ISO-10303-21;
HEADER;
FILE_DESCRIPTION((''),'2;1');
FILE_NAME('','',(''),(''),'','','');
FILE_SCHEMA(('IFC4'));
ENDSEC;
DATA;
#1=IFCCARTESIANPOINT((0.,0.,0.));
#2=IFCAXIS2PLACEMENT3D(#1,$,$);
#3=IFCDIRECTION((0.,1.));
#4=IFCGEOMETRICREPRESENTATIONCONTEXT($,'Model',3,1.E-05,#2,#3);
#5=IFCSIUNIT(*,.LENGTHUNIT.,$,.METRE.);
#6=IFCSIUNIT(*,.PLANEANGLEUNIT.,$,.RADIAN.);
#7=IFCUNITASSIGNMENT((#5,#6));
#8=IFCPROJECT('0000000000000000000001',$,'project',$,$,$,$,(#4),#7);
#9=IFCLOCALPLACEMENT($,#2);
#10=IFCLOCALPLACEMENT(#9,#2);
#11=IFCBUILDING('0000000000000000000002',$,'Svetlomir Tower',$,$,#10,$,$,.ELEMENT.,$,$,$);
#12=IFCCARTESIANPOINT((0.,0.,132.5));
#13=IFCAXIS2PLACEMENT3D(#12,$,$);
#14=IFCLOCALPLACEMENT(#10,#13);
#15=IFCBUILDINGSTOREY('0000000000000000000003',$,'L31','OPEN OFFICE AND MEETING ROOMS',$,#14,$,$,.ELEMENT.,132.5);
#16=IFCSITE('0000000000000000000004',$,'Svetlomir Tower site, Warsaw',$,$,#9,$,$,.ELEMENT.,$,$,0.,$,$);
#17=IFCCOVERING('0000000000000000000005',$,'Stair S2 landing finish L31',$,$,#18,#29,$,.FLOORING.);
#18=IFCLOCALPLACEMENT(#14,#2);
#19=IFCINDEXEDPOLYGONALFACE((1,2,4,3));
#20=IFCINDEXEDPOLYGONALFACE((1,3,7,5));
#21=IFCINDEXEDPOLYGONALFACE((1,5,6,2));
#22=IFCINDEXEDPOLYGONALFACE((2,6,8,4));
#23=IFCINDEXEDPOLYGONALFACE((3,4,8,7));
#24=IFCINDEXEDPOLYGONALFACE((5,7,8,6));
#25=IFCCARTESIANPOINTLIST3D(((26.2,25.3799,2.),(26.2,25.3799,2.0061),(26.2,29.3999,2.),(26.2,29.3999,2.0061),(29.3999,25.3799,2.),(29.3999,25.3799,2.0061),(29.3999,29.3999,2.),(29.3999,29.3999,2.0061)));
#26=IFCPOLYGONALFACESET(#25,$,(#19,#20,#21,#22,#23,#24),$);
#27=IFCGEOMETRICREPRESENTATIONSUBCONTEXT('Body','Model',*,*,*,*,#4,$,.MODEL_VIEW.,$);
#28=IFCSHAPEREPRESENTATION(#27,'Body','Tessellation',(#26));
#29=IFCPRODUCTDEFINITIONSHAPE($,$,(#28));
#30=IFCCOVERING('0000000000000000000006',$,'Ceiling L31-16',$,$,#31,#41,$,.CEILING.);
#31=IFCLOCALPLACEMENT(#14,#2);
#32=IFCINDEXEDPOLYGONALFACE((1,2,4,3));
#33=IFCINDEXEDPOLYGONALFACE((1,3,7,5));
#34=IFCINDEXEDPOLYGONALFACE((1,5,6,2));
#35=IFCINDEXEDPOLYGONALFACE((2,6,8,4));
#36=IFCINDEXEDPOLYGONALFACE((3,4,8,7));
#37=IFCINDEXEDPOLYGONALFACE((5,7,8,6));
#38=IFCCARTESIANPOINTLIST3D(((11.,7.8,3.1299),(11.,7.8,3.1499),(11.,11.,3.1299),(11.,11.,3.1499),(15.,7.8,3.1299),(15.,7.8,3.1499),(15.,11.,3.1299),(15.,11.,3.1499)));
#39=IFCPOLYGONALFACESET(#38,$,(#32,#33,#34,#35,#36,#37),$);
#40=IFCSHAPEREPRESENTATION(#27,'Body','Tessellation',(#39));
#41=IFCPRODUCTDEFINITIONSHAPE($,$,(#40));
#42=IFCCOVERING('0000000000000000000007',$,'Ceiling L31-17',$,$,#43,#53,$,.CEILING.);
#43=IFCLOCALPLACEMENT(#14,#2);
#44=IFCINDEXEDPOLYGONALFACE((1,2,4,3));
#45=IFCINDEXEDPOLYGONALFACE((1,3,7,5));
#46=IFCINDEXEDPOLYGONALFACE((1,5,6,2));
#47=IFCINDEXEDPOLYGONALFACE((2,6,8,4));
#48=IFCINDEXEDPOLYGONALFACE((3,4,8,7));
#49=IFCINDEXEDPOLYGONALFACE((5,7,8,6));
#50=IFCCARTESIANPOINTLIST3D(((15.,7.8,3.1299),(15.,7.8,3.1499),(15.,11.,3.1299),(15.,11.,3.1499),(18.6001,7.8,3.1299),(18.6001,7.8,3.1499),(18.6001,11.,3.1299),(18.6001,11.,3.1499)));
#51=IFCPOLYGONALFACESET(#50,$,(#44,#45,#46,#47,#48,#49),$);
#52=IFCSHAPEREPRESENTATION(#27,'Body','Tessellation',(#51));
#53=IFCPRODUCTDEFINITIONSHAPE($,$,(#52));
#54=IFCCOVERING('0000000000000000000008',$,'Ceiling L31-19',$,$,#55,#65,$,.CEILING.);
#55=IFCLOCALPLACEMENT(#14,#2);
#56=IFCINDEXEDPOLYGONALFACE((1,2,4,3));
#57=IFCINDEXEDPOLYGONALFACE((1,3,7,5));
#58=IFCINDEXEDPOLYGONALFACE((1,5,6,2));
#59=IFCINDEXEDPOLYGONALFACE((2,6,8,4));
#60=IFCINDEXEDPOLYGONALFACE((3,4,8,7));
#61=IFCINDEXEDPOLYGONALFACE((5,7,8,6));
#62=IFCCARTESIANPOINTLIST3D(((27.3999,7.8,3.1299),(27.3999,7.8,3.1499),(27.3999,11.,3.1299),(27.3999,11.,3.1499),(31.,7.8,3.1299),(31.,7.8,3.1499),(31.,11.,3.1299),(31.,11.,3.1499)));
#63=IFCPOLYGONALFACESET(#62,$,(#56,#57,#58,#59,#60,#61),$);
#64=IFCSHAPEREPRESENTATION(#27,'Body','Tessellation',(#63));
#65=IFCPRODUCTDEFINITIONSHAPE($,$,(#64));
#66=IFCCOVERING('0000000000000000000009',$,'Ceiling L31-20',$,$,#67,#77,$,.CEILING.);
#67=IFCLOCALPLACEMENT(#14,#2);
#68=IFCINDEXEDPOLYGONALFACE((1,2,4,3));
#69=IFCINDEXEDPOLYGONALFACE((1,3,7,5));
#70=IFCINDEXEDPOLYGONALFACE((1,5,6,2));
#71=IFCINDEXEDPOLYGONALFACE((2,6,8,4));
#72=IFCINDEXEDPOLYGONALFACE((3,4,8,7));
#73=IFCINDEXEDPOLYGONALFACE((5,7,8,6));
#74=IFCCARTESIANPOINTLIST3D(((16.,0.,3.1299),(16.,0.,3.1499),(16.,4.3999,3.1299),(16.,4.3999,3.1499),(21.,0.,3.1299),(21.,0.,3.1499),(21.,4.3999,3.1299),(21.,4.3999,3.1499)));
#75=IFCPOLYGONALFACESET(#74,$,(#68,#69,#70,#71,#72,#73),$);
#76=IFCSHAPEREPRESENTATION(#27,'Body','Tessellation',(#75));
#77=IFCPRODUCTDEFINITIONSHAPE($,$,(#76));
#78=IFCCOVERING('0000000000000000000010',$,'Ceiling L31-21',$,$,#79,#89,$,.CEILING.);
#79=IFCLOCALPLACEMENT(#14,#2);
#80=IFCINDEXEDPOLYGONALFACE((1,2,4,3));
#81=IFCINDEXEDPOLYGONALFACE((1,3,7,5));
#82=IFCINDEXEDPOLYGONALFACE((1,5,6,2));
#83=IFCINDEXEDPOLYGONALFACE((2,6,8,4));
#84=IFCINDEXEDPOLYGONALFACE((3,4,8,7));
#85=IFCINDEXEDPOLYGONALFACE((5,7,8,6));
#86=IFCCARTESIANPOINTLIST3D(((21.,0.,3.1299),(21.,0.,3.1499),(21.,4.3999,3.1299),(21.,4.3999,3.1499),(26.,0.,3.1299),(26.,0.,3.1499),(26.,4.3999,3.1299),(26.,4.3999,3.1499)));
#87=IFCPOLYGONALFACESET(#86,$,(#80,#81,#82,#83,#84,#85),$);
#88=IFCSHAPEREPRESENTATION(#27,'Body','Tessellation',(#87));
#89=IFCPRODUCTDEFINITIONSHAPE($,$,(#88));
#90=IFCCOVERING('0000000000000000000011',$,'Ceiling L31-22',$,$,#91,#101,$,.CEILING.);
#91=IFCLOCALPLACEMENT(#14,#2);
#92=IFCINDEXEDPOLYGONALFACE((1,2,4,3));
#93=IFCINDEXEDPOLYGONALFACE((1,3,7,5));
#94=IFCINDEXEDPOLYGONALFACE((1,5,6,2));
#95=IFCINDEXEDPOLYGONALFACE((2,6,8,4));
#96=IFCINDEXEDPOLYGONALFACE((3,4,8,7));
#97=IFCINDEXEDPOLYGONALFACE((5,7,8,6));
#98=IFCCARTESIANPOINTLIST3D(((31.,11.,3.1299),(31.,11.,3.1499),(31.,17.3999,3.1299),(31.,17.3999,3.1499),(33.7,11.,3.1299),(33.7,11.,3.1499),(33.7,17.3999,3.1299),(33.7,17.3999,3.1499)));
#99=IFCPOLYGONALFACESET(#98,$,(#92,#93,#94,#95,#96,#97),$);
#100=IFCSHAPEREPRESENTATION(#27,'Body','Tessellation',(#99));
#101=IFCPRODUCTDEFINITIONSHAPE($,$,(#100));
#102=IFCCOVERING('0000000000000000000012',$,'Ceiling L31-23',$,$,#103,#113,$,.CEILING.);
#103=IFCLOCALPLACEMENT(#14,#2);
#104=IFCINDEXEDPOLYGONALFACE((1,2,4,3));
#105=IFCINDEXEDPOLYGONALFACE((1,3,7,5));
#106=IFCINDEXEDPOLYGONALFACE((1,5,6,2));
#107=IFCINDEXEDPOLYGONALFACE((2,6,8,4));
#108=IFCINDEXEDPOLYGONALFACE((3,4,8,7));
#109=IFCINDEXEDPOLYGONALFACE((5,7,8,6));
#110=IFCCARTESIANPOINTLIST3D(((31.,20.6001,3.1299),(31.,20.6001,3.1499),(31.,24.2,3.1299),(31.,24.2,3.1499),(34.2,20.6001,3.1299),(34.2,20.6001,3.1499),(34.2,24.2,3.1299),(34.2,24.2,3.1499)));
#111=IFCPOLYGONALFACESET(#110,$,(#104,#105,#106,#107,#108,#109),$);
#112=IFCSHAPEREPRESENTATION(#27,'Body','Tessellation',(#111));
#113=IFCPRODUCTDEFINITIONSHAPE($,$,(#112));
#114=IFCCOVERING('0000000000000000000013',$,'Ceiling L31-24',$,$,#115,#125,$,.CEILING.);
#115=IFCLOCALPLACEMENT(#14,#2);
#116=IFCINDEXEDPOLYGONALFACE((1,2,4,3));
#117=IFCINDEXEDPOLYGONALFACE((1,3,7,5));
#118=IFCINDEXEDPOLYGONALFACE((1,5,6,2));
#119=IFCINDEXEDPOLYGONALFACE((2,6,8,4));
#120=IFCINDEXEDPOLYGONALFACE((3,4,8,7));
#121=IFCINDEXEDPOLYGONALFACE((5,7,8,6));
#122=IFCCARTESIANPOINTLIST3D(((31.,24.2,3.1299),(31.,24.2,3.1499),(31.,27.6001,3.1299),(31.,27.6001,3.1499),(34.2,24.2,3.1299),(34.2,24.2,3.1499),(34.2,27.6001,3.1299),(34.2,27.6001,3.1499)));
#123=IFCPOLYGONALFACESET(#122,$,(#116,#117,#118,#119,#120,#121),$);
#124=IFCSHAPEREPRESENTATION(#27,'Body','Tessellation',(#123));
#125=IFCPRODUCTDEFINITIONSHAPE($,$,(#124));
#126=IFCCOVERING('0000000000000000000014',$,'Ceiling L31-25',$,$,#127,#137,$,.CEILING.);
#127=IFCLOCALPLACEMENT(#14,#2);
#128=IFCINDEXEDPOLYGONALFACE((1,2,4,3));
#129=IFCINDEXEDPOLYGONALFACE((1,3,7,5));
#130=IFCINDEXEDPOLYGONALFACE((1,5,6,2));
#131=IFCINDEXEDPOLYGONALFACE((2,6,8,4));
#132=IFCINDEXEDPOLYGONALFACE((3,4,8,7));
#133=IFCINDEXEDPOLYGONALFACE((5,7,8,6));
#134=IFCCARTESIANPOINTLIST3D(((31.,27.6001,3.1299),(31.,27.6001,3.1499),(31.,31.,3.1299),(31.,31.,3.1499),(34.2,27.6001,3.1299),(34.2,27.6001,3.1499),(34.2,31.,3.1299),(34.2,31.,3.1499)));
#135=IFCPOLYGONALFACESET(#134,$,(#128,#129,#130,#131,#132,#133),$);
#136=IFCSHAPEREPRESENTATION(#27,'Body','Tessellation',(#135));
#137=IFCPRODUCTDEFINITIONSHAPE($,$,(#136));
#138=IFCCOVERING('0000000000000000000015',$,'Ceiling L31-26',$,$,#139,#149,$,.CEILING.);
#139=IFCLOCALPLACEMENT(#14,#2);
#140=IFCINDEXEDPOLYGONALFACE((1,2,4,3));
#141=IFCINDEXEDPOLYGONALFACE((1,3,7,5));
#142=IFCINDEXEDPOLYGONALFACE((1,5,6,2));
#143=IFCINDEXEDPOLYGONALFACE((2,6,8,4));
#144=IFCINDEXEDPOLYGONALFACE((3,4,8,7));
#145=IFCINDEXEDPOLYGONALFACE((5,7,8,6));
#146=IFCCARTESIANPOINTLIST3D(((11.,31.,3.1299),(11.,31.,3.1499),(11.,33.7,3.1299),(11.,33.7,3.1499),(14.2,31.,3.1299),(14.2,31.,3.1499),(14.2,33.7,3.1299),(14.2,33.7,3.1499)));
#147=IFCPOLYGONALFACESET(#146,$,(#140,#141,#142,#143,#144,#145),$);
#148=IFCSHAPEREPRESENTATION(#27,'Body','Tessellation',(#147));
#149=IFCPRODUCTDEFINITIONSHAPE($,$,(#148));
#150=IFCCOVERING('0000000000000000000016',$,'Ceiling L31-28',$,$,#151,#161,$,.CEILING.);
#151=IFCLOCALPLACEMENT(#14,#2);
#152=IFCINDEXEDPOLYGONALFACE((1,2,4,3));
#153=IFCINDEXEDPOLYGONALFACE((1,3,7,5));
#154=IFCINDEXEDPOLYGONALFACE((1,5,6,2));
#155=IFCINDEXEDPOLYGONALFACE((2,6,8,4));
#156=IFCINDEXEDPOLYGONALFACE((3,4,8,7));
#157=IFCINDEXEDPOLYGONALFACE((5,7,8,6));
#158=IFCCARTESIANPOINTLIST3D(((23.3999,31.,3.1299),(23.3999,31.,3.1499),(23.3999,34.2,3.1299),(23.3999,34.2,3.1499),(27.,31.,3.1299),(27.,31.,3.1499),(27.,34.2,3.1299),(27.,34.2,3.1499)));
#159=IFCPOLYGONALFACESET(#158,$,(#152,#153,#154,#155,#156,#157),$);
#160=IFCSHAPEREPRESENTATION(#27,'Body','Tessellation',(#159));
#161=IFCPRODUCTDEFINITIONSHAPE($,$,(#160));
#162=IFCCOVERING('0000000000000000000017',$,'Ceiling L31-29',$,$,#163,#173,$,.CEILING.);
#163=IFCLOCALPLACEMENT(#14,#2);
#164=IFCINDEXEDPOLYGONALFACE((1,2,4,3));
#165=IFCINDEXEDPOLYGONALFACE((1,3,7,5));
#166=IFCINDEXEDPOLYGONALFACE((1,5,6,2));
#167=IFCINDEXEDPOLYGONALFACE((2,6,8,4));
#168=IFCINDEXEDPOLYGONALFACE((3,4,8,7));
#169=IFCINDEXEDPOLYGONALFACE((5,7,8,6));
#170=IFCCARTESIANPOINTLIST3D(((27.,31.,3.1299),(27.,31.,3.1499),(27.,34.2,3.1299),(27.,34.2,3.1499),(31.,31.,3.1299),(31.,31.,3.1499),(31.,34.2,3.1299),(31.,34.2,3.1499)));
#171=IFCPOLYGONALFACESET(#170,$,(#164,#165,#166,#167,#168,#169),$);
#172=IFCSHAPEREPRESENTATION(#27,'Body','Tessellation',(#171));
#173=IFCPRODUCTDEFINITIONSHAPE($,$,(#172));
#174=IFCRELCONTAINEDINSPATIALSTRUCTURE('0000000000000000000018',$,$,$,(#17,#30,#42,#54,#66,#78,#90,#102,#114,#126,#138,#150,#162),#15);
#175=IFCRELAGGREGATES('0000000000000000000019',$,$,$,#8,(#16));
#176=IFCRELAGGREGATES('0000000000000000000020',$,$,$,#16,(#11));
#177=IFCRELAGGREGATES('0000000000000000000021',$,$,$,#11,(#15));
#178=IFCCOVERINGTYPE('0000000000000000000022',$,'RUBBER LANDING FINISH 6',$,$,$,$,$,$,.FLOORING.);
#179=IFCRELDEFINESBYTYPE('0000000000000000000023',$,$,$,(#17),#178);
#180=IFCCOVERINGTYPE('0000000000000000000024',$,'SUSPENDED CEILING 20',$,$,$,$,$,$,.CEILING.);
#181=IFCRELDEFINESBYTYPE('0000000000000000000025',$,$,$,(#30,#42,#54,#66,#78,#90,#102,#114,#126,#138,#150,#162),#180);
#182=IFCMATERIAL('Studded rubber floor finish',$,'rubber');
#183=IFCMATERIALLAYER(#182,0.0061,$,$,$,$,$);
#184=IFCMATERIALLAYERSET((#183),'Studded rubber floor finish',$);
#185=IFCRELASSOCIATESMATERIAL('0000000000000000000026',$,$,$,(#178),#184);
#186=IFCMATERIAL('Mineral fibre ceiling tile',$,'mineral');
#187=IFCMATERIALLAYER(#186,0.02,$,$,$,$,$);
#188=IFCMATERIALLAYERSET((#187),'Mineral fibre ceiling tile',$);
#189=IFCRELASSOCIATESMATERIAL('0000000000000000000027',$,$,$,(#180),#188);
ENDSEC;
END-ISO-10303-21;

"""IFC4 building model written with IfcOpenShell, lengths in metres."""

from ifc_helpers import new_model, si_unit, direction, frame, origin, place, context, subcontext, project, spatial, polyline, outline, extrude, material, layer, layer_set, type_object, element, save


model = new_model("IFC4")

# Units and contexts
model_context = context("Model", 3, precision=1e-05, world=origin(), true_north=direction((0.0, 1.0)))
body_context = subcontext(model_context, "Body", "Model", "MODEL_VIEW")
ifc_project = project(units=[si_unit("LENGTHUNIT", "METRE"), si_unit("PLANEANGLEUNIT", "RADIAN")], contexts=[model_context])

# Site, building, storey
site_placement = place(None, origin())
site = spatial("IfcSite", under=ifc_project, at=site_placement, Name="Svetlomir Tower site, Warsaw", CompositionType="ELEMENT", RefElevation=0.0)
building_placement = place(site_placement, origin())
building = spatial("IfcBuilding", under=site, at=building_placement, Name="Svetlomir Tower", CompositionType="ELEMENT")
storey_placement = place(building_placement, frame((0.0, 0.0, 132.5)))
storey = spatial("IfcBuildingStorey", under=building, at=storey_placement, Name="L31", Description="OPEN OFFICE AND MEETING ROOMS", CompositionType="ELEMENT", Elevation=132.5)

# Coverings
ifc_material_1 = material(Name="Studded rubber floor finish", Category="rubber")
ifc_layer_1 = layer(ifc_material_1, 0.0061)
ifc_layer_set_1 = layer_set([ifc_layer_1], Name="Studded rubber floor finish")
covering_type_1 = type_object("IfcCoveringType", Name="RUBBER LANDING FINISH 6", PredefinedType="FLOORING", material=ifc_layer_set_1)
covering_1_placement = place(storey_placement, frame((0.0, 0.0, 2.0)))
element("IfcCovering", 1, at=covering_1_placement, inside=storey, type_object=covering_type_1, Name="Stair S2 landing finish L31", PredefinedType="FLOORING", context=body_context, shape_type="SweptSolid", body=[
    extrude(outline(polyline([(26.2, 25.3799), (29.3999, 25.3799), (29.3999, 29.3999), (26.2, 29.3999), (26.2, 25.3799)])), origin(), (0.0, 0.0, 1.0), 0.0061),
])
ifc_material_2 = material(Name="Mineral fibre ceiling tile", Category="mineral")
ifc_layer_2 = layer(ifc_material_2, 0.02)
ifc_layer_set_2 = layer_set([ifc_layer_2], Name="Mineral fibre ceiling tile")
covering_type_2 = type_object("IfcCoveringType", Name="SUSPENDED CEILING 20", PredefinedType="CEILING", material=ifc_layer_set_2)
covering_2_placement = place(storey_placement, frame((0.0, 0.0, 3.1299)))
element("IfcCovering", 2, at=covering_2_placement, inside=storey, type_object=covering_type_2, Name="Ceiling L31-16", PredefinedType="CEILING", context=body_context, shape_type="SweptSolid", body=[
    extrude(outline(polyline([(11.0, 7.8), (15.0, 7.8), (15.0, 11.0), (11.0, 11.0), (11.0, 7.8)])), origin(), (0.0, 0.0, 1.0), 0.02),
])
covering_3_placement = place(storey_placement, frame((0.0, 0.0, 3.1299)))
element("IfcCovering", 3, at=covering_3_placement, inside=storey, type_object=covering_type_2, Name="Ceiling L31-17", PredefinedType="CEILING", context=body_context, shape_type="SweptSolid", body=[
    extrude(outline(polyline([(15.0, 7.8), (18.6001, 7.8), (18.6001, 11.0), (15.0, 11.0), (15.0, 7.8)])), origin(), (0.0, 0.0, 1.0), 0.02),
])
covering_4_placement = place(storey_placement, frame((0.0, 0.0, 3.1299)))
element("IfcCovering", 4, at=covering_4_placement, inside=storey, type_object=covering_type_2, Name="Ceiling L31-19", PredefinedType="CEILING", context=body_context, shape_type="SweptSolid", body=[
    extrude(outline(polyline([(27.3999, 7.8), (31.0, 7.8), (31.0, 11.0), (27.3999, 11.0), (27.3999, 7.8)])), origin(), (0.0, 0.0, 1.0), 0.02),
])
covering_5_placement = place(storey_placement, frame((0.0, 0.0, 3.1299)))
element("IfcCovering", 5, at=covering_5_placement, inside=storey, type_object=covering_type_2, Name="Ceiling L31-20", PredefinedType="CEILING", context=body_context, shape_type="SweptSolid", body=[
    extrude(outline(polyline([(16.0, 0.0), (21.0, 0.0), (21.0, 4.3999), (16.0, 4.3999), (16.0, 0.0)])), origin(), (0.0, 0.0, 1.0), 0.02),
])
covering_6_placement = place(storey_placement, frame((0.0, 0.0, 3.1299)))
element("IfcCovering", 6, at=covering_6_placement, inside=storey, type_object=covering_type_2, Name="Ceiling L31-21", PredefinedType="CEILING", context=body_context, shape_type="SweptSolid", body=[
    extrude(outline(polyline([(21.0, 0.0), (26.0, 0.0), (26.0, 4.3999), (21.0, 4.3999), (21.0, 0.0)])), origin(), (0.0, 0.0, 1.0), 0.02),
])
covering_7_placement = place(storey_placement, frame((0.0, 0.0, 3.1299)))
element("IfcCovering", 7, at=covering_7_placement, inside=storey, type_object=covering_type_2, Name="Ceiling L31-22", PredefinedType="CEILING", context=body_context, shape_type="SweptSolid", body=[
    extrude(outline(polyline([(31.0, 11.0), (33.7, 11.0), (33.7, 17.3999), (31.0, 17.3999), (31.0, 11.0)])), origin(), (0.0, 0.0, 1.0), 0.02),
])
covering_8_placement = place(storey_placement, frame((0.0, 0.0, 3.1299)))
element("IfcCovering", 8, at=covering_8_placement, inside=storey, type_object=covering_type_2, Name="Ceiling L31-23", PredefinedType="CEILING", context=body_context, shape_type="SweptSolid", body=[
    extrude(outline(polyline([(31.0, 20.6001), (34.2, 20.6001), (34.2, 24.2), (31.0, 24.2), (31.0, 20.6001)])), origin(), (0.0, 0.0, 1.0), 0.02),
])
covering_9_placement = place(storey_placement, frame((0.0, 0.0, 3.1299)))
element("IfcCovering", 9, at=covering_9_placement, inside=storey, type_object=covering_type_2, Name="Ceiling L31-24", PredefinedType="CEILING", context=body_context, shape_type="SweptSolid", body=[
    extrude(outline(polyline([(31.0, 24.2), (34.2, 24.2), (34.2, 27.6001), (31.0, 27.6001), (31.0, 24.2)])), origin(), (0.0, 0.0, 1.0), 0.02),
])
covering_10_placement = place(storey_placement, frame((0.0, 0.0, 3.1299)))
element("IfcCovering", 10, at=covering_10_placement, inside=storey, type_object=covering_type_2, Name="Ceiling L31-25", PredefinedType="CEILING", context=body_context, shape_type="SweptSolid", body=[
    extrude(outline(polyline([(31.0, 27.6001), (34.2, 27.6001), (34.2, 31.0), (31.0, 31.0), (31.0, 27.6001)])), origin(), (0.0, 0.0, 1.0), 0.02),
])
covering_11_placement = place(storey_placement, frame((0.0, 0.0, 3.1299)))
element("IfcCovering", 11, at=covering_11_placement, inside=storey, type_object=covering_type_2, Name="Ceiling L31-26", PredefinedType="CEILING", context=body_context, shape_type="SweptSolid", body=[
    extrude(outline(polyline([(11.0, 31.0), (14.2, 31.0), (14.2, 33.7), (11.0, 33.7), (11.0, 31.0)])), origin(), (0.0, 0.0, 1.0), 0.02),
])
covering_12_placement = place(storey_placement, frame((0.0, 0.0, 3.1299)))
element("IfcCovering", 12, at=covering_12_placement, inside=storey, type_object=covering_type_2, Name="Ceiling L31-28", PredefinedType="CEILING", context=body_context, shape_type="SweptSolid", body=[
    extrude(outline(polyline([(23.3999, 31.0), (27.0, 31.0), (27.0, 34.2), (23.3999, 34.2), (23.3999, 31.0)])), origin(), (0.0, 0.0, 1.0), 0.02),
])
covering_13_placement = place(storey_placement, frame((0.0, 0.0, 3.1299)))
element("IfcCovering", 13, at=covering_13_placement, inside=storey, type_object=covering_type_2, Name="Ceiling L31-29", PredefinedType="CEILING", context=body_context, shape_type="SweptSolid", body=[
    extrude(outline(polyline([(27.0, 31.0), (31.0, 31.0), (31.0, 34.2), (27.0, 34.2), (27.0, 31.0)])), origin(), (0.0, 0.0, 1.0), 0.02),
])

save(model, "model.ifc")
